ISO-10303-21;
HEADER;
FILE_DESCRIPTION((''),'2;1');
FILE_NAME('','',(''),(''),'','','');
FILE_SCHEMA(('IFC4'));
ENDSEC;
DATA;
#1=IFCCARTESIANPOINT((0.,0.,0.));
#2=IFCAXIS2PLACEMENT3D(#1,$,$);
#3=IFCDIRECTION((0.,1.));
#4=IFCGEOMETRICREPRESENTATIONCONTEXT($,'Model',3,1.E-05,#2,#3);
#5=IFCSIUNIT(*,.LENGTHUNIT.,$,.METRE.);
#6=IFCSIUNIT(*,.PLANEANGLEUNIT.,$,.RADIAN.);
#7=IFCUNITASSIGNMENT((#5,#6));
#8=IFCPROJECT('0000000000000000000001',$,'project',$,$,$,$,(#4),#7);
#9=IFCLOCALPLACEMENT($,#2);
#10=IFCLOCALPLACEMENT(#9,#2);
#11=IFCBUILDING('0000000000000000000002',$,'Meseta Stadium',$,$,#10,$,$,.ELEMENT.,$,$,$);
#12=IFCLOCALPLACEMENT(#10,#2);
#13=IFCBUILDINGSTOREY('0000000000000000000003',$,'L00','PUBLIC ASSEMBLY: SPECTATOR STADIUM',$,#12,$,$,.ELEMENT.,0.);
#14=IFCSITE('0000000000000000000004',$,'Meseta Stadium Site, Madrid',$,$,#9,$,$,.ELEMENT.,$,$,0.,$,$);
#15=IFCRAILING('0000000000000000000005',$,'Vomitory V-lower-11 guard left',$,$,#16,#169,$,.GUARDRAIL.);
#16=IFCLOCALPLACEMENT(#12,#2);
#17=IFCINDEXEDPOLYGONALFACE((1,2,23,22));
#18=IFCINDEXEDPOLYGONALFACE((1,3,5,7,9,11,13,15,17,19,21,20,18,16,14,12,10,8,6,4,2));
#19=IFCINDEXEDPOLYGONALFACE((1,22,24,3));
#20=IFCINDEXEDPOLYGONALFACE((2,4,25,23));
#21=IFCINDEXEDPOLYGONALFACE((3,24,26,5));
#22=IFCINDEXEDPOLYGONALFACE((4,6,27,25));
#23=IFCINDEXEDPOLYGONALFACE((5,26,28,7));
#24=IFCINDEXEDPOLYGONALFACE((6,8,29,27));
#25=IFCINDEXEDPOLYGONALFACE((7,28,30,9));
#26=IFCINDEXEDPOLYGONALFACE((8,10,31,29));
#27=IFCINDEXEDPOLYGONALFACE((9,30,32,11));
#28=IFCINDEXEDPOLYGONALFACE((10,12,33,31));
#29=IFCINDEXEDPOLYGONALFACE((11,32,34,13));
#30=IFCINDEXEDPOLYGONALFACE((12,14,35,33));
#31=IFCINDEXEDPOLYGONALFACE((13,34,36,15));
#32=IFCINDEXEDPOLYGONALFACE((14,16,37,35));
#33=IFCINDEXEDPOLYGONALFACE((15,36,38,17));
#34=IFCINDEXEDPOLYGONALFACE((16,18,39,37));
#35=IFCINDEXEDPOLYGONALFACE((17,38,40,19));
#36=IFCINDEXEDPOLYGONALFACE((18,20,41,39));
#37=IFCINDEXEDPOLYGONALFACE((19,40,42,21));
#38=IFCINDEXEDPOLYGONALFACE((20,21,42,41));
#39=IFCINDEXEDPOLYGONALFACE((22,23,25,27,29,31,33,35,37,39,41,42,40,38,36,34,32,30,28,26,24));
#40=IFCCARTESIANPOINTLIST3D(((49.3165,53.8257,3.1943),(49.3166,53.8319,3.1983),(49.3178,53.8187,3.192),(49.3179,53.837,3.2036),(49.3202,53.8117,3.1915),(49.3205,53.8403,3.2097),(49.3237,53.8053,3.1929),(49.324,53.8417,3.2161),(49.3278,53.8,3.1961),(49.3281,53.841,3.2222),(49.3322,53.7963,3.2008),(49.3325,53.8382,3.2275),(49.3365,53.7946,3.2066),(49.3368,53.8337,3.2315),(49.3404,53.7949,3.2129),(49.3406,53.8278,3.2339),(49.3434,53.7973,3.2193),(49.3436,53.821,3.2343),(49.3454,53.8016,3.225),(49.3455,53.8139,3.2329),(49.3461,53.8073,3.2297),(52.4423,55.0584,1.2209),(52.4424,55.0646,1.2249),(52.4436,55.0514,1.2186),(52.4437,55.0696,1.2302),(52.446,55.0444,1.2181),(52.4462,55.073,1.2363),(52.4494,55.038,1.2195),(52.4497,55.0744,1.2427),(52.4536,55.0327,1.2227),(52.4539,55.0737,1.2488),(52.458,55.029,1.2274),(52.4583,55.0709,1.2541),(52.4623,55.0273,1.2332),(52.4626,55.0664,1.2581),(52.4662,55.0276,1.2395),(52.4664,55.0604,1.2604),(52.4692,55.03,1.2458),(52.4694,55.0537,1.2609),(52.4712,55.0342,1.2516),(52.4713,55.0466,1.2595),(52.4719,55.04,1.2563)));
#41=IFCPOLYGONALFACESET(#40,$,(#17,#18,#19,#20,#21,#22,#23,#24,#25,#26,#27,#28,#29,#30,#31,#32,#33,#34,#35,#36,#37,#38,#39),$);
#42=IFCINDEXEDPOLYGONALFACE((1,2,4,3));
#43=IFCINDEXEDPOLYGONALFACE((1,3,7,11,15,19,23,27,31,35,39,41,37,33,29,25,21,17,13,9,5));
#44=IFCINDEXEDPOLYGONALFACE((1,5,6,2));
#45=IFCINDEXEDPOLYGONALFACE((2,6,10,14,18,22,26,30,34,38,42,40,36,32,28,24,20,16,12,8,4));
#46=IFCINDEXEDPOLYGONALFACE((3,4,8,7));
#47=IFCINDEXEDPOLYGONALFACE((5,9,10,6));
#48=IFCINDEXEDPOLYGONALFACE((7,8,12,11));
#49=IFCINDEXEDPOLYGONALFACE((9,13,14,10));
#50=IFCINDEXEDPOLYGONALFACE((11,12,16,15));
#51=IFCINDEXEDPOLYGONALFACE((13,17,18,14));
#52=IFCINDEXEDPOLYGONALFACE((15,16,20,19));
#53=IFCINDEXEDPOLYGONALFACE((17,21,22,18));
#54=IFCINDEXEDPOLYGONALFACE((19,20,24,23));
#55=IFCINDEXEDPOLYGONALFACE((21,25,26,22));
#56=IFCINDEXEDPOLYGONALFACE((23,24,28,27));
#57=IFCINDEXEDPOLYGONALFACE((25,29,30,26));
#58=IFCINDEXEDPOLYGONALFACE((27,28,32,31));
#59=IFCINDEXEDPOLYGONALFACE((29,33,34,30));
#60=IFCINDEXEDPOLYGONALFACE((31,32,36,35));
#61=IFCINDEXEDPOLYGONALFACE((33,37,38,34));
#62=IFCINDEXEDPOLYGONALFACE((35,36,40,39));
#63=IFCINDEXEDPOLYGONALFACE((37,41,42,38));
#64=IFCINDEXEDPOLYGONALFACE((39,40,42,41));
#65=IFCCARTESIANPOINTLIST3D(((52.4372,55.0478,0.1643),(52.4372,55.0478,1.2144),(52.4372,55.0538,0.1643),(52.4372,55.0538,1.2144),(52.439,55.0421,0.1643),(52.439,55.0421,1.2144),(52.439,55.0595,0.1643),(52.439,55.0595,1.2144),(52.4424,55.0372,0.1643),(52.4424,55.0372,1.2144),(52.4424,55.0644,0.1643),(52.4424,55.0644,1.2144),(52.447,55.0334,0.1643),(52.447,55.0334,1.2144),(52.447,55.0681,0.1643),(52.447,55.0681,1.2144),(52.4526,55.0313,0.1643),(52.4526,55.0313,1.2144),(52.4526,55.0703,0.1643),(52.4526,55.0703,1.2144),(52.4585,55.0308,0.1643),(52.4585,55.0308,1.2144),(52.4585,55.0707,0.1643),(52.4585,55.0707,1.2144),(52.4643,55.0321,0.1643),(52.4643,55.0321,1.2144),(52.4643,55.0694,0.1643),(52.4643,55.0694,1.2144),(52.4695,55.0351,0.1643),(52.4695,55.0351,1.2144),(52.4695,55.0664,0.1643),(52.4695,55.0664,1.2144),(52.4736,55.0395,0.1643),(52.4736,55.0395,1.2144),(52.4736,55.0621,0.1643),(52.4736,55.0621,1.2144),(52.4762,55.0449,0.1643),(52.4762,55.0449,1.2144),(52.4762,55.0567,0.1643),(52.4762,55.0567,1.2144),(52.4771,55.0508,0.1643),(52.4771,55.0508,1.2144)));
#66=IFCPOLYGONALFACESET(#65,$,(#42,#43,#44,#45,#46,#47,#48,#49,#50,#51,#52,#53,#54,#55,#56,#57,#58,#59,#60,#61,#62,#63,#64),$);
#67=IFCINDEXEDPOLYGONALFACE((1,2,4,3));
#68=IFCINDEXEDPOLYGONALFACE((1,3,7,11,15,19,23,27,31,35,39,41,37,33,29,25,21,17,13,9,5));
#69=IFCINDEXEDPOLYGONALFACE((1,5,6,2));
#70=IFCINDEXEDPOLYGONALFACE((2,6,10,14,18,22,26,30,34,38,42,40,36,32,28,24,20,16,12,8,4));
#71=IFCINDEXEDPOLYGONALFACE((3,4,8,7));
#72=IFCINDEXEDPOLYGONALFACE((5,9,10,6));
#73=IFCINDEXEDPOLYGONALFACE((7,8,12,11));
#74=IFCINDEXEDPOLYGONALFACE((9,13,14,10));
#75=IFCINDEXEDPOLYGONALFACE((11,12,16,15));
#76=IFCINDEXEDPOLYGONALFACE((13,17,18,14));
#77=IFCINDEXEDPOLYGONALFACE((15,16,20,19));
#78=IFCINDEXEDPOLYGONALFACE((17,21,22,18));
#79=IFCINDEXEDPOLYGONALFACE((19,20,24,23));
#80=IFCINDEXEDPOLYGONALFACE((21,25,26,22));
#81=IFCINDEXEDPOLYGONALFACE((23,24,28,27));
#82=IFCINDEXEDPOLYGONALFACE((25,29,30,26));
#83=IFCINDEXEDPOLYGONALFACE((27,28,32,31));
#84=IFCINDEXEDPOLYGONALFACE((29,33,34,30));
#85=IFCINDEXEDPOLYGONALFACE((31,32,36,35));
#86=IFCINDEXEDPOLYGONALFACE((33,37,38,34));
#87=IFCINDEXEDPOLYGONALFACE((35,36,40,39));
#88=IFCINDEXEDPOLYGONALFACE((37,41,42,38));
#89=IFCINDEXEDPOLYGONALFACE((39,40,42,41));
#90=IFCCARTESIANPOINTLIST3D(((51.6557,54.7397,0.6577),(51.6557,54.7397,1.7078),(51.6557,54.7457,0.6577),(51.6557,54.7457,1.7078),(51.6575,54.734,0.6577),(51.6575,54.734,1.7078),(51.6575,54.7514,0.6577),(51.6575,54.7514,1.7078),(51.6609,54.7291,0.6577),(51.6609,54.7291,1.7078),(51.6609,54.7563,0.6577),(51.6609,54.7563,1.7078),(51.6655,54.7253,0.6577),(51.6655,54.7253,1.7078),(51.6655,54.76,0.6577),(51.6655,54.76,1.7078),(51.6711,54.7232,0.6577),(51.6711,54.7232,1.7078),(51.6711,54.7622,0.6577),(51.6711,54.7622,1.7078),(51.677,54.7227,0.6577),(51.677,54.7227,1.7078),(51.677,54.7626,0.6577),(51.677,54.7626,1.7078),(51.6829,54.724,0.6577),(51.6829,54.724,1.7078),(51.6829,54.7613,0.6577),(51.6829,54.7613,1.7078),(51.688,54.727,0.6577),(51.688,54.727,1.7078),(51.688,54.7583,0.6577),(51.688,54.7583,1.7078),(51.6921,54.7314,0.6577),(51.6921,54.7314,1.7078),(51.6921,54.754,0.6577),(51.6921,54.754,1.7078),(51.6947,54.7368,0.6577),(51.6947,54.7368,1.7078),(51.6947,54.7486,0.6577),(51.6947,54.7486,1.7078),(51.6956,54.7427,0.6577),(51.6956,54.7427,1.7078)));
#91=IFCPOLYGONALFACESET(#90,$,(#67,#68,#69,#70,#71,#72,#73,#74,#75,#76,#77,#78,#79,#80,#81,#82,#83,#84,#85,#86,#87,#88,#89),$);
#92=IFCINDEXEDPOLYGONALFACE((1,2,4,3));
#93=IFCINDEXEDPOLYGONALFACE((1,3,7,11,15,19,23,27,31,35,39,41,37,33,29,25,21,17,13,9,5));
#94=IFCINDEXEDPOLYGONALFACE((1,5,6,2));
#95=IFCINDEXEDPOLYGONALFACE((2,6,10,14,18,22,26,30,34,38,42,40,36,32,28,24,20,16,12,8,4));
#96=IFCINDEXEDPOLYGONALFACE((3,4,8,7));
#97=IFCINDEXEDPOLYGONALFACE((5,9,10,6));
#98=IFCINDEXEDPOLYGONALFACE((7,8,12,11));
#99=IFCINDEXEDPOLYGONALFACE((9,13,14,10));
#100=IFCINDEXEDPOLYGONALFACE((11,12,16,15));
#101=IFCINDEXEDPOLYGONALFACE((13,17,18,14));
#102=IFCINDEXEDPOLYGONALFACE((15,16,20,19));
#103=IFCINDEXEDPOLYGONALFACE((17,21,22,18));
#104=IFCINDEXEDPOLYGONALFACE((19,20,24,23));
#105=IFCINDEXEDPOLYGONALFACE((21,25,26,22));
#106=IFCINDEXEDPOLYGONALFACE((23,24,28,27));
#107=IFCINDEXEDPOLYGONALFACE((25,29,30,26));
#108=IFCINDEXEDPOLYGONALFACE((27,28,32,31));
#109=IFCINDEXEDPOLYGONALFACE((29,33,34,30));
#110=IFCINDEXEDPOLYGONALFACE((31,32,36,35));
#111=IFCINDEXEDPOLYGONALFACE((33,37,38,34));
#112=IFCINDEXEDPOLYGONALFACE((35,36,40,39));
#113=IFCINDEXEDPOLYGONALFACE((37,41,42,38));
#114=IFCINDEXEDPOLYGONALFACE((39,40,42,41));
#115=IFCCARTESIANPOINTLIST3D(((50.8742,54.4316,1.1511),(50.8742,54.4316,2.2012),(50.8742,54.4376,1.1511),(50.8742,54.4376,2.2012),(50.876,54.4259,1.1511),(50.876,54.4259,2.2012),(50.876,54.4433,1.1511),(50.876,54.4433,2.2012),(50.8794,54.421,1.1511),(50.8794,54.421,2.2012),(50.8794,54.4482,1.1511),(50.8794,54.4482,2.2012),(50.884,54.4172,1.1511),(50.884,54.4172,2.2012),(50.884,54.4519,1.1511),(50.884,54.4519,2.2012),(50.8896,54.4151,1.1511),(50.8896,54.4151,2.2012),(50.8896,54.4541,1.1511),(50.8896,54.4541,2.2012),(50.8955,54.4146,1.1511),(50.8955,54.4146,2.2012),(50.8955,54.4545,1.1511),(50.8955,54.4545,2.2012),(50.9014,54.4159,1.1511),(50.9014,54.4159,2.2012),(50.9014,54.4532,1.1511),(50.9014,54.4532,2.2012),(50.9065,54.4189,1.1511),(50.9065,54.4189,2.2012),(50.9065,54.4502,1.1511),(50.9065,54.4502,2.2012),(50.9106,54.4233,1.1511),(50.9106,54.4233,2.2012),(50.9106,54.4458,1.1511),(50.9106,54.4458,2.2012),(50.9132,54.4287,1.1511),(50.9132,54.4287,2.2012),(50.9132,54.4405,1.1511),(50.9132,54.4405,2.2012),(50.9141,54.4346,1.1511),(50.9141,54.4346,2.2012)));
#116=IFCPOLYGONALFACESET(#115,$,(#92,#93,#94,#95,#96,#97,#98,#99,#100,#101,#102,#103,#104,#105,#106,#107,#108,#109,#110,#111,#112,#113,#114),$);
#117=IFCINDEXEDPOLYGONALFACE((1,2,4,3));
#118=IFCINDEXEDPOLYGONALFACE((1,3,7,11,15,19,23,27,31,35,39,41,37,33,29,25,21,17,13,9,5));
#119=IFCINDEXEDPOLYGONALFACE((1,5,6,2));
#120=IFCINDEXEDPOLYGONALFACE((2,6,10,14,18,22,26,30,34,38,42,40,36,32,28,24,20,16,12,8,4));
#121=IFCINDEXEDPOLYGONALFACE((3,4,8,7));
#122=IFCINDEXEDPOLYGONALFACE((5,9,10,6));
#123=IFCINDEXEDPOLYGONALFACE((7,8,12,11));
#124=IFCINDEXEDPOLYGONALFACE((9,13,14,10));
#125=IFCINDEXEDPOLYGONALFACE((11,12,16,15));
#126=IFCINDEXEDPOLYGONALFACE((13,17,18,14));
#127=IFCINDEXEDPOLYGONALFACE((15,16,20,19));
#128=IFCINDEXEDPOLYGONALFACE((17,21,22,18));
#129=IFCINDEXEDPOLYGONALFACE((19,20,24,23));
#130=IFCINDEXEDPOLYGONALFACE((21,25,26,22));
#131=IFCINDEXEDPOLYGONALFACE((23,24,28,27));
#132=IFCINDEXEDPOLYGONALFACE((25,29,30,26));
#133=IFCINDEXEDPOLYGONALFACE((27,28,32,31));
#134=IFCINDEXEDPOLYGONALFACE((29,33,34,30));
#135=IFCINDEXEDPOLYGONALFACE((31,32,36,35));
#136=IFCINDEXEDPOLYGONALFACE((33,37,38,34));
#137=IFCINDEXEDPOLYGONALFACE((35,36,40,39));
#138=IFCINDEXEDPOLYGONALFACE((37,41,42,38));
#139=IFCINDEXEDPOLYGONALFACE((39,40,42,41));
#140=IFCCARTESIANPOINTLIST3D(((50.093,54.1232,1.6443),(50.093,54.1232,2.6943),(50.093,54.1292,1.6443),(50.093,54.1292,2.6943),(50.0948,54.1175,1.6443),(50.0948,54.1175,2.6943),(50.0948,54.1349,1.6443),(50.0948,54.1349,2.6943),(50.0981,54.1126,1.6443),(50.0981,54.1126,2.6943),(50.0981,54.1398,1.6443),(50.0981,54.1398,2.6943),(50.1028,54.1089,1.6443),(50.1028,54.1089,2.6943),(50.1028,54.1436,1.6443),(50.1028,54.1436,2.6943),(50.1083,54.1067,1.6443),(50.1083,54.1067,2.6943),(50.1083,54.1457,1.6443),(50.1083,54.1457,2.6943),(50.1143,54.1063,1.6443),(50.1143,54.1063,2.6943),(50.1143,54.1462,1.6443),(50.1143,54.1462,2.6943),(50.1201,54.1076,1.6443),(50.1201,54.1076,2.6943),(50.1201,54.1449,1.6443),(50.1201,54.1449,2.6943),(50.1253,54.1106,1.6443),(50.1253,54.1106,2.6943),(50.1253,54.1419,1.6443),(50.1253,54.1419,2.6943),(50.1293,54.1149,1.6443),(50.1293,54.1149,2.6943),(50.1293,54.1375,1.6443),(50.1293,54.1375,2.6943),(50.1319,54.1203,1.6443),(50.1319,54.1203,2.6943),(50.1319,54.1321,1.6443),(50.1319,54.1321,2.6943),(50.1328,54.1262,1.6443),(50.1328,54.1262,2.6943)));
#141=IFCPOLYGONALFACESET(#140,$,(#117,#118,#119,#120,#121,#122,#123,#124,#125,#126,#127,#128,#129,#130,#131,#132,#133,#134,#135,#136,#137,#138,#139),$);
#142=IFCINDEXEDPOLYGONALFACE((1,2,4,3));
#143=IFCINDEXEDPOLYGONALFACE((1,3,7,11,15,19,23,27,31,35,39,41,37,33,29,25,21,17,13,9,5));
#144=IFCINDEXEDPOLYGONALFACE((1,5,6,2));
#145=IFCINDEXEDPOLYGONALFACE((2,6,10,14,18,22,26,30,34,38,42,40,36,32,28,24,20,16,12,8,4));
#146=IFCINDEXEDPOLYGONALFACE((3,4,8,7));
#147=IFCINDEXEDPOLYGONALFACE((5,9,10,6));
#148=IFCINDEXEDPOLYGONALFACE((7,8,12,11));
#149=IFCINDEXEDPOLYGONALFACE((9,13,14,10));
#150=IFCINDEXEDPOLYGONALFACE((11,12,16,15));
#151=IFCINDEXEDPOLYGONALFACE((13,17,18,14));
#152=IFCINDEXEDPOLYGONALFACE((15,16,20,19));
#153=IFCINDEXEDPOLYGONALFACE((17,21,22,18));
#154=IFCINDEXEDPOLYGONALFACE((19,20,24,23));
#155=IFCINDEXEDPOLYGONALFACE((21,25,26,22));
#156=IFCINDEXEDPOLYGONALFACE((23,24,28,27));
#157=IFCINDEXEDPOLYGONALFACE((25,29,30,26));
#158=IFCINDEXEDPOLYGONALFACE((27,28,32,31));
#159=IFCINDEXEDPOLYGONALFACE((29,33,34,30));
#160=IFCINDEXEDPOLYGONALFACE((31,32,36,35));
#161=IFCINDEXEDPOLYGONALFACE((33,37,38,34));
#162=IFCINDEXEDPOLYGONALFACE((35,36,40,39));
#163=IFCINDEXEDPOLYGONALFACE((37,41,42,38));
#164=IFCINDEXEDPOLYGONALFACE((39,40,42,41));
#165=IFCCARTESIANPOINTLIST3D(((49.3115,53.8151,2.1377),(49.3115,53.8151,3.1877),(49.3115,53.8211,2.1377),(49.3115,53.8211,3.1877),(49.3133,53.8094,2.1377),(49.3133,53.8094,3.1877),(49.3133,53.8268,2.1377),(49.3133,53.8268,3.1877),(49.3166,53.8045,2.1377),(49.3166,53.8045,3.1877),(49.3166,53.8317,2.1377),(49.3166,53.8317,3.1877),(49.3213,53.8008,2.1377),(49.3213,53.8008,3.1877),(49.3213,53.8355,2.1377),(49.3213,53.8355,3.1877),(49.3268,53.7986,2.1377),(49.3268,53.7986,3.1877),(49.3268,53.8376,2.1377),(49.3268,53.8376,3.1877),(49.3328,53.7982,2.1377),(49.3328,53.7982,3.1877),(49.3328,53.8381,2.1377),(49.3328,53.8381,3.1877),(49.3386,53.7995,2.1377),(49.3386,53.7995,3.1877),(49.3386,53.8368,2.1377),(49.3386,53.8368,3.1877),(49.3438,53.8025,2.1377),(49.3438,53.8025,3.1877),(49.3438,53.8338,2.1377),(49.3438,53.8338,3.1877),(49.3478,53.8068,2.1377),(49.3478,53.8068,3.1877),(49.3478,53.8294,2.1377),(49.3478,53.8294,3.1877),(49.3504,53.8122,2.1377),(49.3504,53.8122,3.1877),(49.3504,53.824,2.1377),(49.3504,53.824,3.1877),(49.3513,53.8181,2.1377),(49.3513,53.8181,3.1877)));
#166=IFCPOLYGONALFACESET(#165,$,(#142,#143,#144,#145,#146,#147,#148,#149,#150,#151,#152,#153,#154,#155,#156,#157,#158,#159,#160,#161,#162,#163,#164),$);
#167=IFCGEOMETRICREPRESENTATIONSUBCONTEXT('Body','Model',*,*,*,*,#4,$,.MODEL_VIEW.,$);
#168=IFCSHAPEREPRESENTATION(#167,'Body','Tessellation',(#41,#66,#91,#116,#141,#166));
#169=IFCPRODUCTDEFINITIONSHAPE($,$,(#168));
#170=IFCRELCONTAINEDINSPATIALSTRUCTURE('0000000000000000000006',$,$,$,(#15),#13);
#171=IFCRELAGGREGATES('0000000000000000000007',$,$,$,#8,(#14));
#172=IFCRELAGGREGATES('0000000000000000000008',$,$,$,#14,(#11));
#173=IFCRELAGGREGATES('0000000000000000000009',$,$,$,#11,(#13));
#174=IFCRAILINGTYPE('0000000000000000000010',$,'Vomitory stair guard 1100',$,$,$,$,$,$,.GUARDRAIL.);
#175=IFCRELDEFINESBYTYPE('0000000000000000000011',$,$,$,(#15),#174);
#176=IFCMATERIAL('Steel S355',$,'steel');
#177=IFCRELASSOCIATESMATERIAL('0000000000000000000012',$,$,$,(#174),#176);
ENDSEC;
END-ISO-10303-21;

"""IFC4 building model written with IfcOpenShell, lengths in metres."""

from ifc_helpers import new_model, si_unit, direction, frame, origin, origin_2d, place, context, subcontext, project, spatial, circle, extrude, material, type_object, element, save


model = new_model("IFC4")

# Units and contexts
model_context = context("Model", 3, precision=1e-05, world=origin(), true_north=direction((0.0, 1.0)))
body_context = subcontext(model_context, "Body", "Model", "MODEL_VIEW")
ifc_project = project(units=[si_unit("LENGTHUNIT", "METRE"), si_unit("PLANEANGLEUNIT", "RADIAN")], contexts=[model_context])

# Site, building, storey
site_placement = place(None, origin())
site = spatial("IfcSite", under=ifc_project, at=site_placement, Name="Meseta Stadium Site, Madrid", CompositionType="ELEMENT", RefElevation=0.0)
building_placement = place(site_placement, origin())
building = spatial("IfcBuilding", under=site, at=building_placement, Name="Meseta Stadium", CompositionType="ELEMENT")
storey_placement = place(building_placement, origin())
storey = spatial("IfcBuildingStorey", under=building, at=storey_placement, Name="L00", Description="PUBLIC ASSEMBLY: SPECTATOR STADIUM", CompositionType="ELEMENT", Elevation=0.0)

# Railing
ifc_material_1 = material(Name="Steel S355", Category="steel")
railing_type_1 = type_object("IfcRailingType", Name="Vomitory stair guard 1100", PredefinedType="GUARDRAIL", material=ifc_material_1)
railing_1_placement = place(storey_placement, frame((52.457, 55.0508, 0.1643)))
element("IfcRailing", 1, at=railing_1_placement, inside=storey, type_object=railing_type_1, Name="Vomitory V-lower-11 guard left", PredefinedType="GUARDRAIL", context=body_context, shape_type="SweptSolid", body=[
    extrude(circle(Radius=0.0249, at=origin_2d()), frame((0.0, 0.0, 1.0752), z_axis=(-0.802158, -0.316339, 0.506431), x_axis=(0.366864, -0.930275, 0.0)), (0.0, 0.0, 1.0), 3.8967),
    extrude(circle(Radius=0.02, at=origin_2d()), origin(), (0.0, 0.0, 1.0), 1.05),
    extrude(circle(Radius=0.02, at=origin_2d()), frame((-0.7815, -0.3081, 0.4934)), (0.0, 0.0, 1.0), 1.05),
    extrude(circle(Radius=0.02, at=origin_2d()), frame((-1.563, -0.6162, 0.9868)), (0.0, 0.0, 1.0), 1.05),
    extrude(circle(Radius=0.02, at=origin_2d()), frame((-2.3442, -0.9246, 1.48)), (0.0, 0.0, 1.0), 1.05),
    extrude(circle(Radius=0.02, at=origin_2d()), frame((-3.1257, -1.2327, 1.9734)), (0.0, 0.0, 1.0), 1.05),
])

save(model, "model.ifc")
